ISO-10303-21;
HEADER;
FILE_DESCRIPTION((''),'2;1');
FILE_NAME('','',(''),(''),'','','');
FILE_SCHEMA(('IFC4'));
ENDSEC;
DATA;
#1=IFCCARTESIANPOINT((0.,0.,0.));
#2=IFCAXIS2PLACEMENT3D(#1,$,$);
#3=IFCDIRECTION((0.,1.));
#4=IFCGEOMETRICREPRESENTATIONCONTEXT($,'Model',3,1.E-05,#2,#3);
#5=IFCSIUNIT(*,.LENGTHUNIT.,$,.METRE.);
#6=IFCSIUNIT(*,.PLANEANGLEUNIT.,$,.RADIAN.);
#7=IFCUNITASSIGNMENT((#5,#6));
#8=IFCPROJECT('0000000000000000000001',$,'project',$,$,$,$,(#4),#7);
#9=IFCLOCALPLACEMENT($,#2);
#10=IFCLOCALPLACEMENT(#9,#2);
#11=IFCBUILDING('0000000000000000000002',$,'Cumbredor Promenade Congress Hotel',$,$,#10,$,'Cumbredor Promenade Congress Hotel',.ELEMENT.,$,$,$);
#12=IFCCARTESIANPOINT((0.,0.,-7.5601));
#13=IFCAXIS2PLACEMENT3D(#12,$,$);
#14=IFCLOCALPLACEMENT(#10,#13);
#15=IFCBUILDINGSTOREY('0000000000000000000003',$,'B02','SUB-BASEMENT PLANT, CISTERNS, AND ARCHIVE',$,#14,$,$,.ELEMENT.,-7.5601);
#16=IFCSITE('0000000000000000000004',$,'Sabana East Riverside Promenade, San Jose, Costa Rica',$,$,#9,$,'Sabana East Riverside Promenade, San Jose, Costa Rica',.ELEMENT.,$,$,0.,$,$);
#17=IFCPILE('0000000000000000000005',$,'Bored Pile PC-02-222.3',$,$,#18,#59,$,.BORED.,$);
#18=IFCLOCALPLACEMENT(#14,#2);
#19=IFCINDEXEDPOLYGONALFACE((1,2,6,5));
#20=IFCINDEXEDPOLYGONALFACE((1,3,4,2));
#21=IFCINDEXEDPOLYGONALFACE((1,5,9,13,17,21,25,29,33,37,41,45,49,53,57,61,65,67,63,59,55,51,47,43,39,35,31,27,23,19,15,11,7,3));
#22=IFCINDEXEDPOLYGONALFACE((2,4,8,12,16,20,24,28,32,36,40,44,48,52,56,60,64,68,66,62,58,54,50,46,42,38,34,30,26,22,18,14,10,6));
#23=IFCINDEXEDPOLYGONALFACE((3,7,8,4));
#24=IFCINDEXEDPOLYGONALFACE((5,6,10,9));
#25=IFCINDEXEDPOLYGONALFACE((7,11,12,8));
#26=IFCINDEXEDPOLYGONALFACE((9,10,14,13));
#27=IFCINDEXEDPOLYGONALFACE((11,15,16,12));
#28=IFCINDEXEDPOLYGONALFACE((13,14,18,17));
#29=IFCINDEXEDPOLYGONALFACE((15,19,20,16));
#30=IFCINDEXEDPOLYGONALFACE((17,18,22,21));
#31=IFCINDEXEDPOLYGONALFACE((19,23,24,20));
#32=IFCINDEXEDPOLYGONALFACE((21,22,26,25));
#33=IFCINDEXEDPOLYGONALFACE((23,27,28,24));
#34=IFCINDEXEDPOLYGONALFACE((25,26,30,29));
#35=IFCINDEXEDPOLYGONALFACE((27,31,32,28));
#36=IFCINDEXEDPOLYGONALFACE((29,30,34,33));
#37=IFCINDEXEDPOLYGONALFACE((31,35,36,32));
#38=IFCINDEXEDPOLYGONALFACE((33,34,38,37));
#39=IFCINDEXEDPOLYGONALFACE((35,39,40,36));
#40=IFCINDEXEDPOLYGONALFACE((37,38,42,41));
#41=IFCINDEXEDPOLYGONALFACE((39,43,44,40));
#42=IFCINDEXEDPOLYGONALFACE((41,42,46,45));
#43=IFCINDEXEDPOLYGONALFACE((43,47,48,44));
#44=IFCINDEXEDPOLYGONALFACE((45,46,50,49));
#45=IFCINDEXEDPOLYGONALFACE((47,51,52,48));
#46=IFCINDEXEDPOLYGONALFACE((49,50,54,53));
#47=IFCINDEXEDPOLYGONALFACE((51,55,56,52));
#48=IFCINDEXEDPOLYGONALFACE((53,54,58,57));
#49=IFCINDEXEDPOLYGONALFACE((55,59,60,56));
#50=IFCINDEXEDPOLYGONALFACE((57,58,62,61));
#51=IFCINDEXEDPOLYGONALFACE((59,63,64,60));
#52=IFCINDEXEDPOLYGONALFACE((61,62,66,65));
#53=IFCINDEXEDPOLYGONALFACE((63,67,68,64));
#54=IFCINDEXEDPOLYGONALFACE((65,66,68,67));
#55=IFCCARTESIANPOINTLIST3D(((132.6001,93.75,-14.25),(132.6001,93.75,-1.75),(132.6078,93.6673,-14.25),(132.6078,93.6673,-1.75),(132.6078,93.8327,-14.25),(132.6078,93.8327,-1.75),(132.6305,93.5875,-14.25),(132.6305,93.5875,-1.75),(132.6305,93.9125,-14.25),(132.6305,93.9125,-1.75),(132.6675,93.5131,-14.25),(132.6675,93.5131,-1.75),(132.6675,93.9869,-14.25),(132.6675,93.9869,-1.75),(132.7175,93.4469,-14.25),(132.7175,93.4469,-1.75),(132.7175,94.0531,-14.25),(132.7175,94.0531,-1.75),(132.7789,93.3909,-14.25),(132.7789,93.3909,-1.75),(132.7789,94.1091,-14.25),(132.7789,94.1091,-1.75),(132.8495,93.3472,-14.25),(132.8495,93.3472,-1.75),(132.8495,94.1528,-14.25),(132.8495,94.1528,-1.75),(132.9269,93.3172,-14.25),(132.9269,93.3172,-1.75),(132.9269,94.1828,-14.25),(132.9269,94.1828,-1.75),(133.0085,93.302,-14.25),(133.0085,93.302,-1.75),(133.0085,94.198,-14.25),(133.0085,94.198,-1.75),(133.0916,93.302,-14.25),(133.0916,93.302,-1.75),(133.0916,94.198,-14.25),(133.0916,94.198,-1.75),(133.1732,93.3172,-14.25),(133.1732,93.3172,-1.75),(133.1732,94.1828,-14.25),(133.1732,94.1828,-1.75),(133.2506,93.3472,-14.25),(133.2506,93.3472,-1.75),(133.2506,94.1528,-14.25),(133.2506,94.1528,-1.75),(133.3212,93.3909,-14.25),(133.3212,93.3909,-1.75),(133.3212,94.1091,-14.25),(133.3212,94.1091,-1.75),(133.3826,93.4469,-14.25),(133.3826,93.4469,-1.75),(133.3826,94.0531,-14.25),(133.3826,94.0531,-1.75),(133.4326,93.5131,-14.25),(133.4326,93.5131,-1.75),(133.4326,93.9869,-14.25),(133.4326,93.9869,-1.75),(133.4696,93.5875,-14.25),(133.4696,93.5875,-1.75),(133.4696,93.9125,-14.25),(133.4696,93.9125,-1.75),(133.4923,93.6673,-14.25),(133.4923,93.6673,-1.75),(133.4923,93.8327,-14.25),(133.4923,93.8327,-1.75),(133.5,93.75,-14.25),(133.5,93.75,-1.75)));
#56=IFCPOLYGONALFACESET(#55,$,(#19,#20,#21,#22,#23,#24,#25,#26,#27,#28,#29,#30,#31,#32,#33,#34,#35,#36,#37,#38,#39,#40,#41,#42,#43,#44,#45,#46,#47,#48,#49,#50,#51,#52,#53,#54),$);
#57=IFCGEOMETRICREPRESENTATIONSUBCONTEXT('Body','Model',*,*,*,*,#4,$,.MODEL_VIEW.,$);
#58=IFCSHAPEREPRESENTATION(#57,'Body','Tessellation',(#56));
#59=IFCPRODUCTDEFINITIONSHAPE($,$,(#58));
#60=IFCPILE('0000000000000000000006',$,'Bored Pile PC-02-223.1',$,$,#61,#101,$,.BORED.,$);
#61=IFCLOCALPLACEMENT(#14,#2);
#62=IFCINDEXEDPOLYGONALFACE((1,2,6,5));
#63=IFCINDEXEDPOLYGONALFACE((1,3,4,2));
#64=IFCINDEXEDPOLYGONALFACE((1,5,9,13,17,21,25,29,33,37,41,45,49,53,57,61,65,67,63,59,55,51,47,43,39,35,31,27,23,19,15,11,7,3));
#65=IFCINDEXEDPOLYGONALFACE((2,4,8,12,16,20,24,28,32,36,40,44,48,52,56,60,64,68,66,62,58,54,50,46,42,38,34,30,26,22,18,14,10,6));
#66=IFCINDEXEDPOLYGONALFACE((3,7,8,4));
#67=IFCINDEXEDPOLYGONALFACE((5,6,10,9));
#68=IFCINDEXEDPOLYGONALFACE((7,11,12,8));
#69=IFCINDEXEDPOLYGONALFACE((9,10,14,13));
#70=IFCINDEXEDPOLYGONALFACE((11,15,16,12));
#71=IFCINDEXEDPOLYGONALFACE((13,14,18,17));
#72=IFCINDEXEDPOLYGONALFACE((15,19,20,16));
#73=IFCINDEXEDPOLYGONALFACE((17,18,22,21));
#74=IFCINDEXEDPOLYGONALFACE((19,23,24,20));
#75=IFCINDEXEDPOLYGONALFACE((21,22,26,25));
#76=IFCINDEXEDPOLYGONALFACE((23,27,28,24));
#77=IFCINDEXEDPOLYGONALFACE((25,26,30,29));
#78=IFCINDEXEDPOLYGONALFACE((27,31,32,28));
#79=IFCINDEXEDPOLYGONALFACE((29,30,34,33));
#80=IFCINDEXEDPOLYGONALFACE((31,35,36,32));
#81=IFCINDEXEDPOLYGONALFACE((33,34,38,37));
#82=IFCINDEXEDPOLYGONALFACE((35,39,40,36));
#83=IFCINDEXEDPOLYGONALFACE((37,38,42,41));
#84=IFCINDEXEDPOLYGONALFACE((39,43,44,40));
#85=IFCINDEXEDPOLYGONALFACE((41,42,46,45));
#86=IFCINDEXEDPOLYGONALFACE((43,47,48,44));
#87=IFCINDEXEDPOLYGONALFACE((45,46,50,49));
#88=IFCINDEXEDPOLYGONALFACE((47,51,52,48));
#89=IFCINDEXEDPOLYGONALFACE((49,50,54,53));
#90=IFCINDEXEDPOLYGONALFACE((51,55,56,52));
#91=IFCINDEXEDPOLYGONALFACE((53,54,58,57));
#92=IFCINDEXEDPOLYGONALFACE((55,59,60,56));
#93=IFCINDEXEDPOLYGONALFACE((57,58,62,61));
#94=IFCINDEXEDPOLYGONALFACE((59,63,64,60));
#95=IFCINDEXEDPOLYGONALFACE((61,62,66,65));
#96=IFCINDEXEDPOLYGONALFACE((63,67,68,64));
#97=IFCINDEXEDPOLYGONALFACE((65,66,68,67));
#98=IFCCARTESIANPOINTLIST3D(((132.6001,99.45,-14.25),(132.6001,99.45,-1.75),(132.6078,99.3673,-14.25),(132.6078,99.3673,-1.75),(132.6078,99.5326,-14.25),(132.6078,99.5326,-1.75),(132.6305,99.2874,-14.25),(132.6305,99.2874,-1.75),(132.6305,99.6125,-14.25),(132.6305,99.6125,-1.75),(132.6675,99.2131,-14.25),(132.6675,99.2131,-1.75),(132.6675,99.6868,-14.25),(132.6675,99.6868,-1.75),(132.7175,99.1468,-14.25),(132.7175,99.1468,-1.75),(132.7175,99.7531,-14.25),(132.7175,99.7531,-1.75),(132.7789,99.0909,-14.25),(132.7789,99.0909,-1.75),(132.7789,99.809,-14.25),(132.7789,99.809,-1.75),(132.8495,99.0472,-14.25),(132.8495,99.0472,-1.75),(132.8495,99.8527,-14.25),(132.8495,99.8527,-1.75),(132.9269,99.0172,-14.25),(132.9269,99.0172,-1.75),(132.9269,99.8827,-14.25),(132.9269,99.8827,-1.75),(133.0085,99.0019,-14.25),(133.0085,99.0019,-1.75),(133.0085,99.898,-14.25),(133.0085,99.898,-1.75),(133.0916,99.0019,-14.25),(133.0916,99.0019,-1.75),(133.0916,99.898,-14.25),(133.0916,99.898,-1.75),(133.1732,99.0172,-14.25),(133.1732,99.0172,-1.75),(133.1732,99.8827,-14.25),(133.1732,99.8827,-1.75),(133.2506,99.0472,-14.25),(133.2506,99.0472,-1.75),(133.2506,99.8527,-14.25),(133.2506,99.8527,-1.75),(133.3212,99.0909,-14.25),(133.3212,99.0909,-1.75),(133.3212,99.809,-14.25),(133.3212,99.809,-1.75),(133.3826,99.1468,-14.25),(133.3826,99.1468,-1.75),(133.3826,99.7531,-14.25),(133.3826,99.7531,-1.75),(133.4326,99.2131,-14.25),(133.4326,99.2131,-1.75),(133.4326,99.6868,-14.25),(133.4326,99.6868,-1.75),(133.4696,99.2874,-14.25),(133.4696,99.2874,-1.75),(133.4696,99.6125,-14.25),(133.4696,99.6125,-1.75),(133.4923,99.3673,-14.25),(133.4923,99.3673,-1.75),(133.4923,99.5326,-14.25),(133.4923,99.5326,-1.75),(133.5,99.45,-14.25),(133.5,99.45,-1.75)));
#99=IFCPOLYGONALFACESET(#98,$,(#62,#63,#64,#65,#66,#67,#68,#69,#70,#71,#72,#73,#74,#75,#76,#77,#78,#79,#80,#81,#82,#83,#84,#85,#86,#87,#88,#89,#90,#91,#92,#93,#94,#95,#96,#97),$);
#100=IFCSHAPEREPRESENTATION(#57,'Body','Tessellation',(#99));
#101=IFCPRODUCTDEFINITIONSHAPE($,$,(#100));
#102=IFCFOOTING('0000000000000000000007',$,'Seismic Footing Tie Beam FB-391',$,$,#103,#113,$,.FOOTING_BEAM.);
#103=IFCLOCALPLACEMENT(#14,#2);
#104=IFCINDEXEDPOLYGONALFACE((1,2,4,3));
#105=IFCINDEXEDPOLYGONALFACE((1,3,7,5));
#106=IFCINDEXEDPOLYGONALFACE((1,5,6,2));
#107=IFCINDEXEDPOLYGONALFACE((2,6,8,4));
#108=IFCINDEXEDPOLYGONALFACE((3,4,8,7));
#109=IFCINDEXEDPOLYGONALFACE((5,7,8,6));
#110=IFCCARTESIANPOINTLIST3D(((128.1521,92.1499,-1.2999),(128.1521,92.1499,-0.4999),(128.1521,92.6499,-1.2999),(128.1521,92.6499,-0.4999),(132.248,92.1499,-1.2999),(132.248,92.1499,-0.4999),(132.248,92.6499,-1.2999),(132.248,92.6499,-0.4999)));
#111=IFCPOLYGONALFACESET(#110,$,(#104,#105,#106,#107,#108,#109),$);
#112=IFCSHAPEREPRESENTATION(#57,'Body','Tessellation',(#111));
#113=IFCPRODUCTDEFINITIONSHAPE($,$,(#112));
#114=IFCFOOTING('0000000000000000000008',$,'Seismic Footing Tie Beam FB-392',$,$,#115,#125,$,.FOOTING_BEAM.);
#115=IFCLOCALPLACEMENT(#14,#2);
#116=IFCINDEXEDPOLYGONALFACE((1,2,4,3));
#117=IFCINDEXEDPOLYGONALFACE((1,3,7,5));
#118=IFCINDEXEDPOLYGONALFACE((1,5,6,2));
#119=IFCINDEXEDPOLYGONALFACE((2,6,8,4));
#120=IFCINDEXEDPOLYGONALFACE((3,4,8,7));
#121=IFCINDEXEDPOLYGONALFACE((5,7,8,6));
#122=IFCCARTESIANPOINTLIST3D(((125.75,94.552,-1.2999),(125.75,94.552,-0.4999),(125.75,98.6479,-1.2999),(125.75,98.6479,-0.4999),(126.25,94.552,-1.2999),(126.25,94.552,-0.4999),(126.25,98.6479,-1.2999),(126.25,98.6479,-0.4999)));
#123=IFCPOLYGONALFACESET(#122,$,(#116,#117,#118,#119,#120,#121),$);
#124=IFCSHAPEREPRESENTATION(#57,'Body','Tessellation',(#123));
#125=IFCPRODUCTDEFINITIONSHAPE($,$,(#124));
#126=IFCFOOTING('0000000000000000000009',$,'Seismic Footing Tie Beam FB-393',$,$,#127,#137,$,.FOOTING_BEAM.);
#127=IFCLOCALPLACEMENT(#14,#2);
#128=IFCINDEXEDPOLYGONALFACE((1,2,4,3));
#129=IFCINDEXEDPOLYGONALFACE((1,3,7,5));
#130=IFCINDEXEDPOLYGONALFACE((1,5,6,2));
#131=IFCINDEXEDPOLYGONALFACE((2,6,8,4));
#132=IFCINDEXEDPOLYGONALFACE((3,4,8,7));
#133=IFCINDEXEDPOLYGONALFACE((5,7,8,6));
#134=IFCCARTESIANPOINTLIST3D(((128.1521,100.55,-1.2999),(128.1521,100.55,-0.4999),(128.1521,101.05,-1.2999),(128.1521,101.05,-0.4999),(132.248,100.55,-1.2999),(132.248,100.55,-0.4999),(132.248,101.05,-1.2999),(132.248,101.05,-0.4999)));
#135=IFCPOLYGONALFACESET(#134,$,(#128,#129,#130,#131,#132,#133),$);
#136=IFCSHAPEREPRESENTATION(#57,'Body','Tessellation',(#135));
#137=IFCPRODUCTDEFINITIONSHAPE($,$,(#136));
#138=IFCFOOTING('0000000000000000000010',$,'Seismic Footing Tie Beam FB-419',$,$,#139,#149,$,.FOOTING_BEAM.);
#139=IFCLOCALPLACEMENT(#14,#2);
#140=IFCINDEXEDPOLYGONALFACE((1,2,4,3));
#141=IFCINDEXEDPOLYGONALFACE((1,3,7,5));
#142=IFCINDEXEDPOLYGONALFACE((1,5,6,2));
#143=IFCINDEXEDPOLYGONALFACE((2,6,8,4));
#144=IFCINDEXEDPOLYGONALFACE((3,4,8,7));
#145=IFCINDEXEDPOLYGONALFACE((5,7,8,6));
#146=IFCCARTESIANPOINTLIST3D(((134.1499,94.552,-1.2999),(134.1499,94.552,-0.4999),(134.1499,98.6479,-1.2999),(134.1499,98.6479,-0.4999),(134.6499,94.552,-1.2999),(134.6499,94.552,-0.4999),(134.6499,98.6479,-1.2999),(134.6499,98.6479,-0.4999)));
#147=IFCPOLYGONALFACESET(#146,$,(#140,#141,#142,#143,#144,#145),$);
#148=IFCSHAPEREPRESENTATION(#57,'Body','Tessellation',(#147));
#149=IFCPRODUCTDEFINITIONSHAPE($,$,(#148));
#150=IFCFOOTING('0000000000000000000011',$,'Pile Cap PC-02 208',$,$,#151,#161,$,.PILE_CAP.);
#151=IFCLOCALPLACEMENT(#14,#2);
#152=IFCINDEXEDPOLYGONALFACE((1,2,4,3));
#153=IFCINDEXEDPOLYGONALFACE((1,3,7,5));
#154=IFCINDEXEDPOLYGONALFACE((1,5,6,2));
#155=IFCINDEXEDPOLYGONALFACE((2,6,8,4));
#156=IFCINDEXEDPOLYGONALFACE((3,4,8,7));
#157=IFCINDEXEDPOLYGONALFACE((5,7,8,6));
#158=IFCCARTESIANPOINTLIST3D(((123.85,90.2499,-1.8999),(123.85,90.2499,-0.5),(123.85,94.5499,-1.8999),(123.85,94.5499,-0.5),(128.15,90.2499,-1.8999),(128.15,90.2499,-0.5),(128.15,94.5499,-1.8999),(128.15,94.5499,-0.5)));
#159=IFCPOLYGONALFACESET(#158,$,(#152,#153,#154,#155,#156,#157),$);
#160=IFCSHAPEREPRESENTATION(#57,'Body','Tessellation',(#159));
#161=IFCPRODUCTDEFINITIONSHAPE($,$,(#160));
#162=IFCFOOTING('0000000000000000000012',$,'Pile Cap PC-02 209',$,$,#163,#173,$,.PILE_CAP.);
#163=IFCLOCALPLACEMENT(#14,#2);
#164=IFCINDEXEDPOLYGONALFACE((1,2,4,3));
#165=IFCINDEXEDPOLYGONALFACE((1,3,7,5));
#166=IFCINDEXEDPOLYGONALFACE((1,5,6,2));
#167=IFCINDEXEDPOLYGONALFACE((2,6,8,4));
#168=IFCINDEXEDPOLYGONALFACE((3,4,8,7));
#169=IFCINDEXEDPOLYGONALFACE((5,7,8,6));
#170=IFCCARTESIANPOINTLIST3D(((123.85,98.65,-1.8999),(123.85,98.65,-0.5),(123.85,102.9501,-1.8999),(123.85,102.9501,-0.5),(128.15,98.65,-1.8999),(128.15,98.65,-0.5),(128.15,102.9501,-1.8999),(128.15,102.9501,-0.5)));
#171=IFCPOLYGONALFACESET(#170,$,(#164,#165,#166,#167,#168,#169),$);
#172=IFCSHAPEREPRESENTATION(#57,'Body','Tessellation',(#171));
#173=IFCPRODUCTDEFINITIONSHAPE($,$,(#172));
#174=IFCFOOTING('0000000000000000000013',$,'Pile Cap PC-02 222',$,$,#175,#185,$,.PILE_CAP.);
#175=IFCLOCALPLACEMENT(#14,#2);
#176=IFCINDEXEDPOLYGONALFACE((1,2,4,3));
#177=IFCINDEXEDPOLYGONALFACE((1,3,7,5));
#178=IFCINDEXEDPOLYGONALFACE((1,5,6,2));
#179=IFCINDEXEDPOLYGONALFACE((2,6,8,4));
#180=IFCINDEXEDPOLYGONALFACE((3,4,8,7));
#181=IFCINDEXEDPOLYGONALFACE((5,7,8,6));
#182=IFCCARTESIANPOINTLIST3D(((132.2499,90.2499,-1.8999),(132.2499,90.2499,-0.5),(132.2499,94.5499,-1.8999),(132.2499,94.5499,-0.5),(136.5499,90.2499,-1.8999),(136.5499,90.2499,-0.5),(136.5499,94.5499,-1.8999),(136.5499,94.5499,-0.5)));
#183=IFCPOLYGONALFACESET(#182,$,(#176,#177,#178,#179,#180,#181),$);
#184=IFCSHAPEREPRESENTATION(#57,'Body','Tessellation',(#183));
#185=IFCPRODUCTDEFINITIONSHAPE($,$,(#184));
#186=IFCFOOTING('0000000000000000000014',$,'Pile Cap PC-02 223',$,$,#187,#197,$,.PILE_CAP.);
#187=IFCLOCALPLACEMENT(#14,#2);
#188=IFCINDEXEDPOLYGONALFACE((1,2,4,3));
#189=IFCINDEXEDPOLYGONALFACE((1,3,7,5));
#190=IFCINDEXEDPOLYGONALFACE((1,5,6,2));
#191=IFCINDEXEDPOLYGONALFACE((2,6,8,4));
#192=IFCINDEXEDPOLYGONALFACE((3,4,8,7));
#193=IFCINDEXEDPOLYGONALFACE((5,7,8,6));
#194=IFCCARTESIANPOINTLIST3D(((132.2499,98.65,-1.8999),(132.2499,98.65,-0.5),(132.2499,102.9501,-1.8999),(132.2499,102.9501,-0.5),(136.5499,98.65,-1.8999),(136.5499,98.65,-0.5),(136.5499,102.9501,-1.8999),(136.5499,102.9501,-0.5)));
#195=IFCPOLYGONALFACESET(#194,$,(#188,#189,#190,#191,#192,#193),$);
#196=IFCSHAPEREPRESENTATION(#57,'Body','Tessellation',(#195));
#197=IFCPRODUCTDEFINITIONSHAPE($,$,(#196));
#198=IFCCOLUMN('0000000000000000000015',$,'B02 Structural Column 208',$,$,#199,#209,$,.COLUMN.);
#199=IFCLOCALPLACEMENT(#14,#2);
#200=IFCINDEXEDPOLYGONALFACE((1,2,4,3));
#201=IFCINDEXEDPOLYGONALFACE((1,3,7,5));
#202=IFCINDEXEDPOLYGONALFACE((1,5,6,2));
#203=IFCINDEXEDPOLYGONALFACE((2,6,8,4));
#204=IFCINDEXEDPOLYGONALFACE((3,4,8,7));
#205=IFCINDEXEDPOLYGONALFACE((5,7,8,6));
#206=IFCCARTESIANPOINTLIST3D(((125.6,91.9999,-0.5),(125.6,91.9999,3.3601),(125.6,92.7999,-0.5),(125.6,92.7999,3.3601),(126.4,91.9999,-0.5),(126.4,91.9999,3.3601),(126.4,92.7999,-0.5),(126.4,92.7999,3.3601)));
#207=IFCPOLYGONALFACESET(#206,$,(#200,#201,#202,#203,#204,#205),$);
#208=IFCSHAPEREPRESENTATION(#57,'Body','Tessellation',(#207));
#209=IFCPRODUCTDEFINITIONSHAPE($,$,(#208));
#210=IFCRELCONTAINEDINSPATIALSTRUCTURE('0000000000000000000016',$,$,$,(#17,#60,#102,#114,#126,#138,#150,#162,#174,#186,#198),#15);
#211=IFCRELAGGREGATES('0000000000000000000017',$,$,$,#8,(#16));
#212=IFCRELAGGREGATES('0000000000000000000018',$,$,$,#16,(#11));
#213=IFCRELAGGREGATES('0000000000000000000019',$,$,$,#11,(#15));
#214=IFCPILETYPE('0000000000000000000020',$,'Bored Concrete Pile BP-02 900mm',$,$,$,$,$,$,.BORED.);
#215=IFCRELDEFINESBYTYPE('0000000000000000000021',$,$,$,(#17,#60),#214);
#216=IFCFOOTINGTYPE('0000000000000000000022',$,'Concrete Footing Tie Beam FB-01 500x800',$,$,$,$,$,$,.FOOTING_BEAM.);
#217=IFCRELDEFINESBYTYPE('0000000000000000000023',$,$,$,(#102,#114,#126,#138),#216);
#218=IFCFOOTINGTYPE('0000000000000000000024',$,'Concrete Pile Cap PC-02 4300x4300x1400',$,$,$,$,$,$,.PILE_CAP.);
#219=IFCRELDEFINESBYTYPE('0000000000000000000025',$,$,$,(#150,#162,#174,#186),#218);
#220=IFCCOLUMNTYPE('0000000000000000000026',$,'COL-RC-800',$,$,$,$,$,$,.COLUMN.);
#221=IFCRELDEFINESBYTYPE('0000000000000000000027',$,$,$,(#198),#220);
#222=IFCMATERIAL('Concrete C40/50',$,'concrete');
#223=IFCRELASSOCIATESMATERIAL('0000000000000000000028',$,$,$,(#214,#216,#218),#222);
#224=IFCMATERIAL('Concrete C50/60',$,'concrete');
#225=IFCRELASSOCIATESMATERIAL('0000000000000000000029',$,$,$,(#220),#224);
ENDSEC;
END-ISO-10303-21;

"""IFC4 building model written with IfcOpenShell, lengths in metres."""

from ifc_helpers import new_model, si_unit, direction, frame, origin, origin_2d, place, context, subcontext, project, spatial, rectangle, circle, extrude, material, material_profile, profile_set, type_object, element, save


model = new_model("IFC4")

# Units and contexts
model_context = context("Model", 3, precision=1e-05, world=origin(), true_north=direction((0.0, 1.0)))
body_context = subcontext(model_context, "Body", "Model", "MODEL_VIEW")
ifc_project = project(units=[si_unit("LENGTHUNIT", "METRE"), si_unit("PLANEANGLEUNIT", "RADIAN")], contexts=[model_context])

# Site, building, storey
site_placement = place(None, origin())
site = spatial("IfcSite", under=ifc_project, at=site_placement, Name="Sabana East Riverside Promenade, San Jose, Costa Rica", LongName="Sabana East Riverside Promenade, San Jose, Costa Rica", CompositionType="ELEMENT", RefElevation=0.0)
building_placement = place(site_placement, origin())
building = spatial("IfcBuilding", under=site, at=building_placement, Name="Cumbredor Promenade Congress Hotel", LongName="Cumbredor Promenade Congress Hotel", CompositionType="ELEMENT")
storey_placement = place(building_placement, frame((0.0, 0.0, -7.5601)))
storey = spatial("IfcBuildingStorey", under=building, at=storey_placement, Name="B02", Description="SUB-BASEMENT PLANT, CISTERNS, AND ARCHIVE", CompositionType="ELEMENT", Elevation=-7.5601)

# Piles
ifc_material_1 = material(Name="Concrete C40/50", Category="concrete")
ifc_material_profile_1 = material_profile(ifc_material_1, circle(Radius=0.45, at=origin_2d()), Name="PILE D900")
ifc_profile_set_1 = profile_set([ifc_material_profile_1], Name="Concrete C40/50")
pile_type = type_object("IfcPileType", Name="Bored Concrete Pile BP-02 900mm", PredefinedType="BORED", material=ifc_profile_set_1)
for number, where, z_axis, x_axis, name in (
    (1, (133.05, 93.75, -1.75), (0.0, 0.0, -1.0), (1.0, 0.0, 0.0), "Bored Pile PC-02-222.3"),
    (2, (133.05, 99.45, -1.75), (0.0, 0.0, -1.0), (1.0, 0.0, 0.0), "Bored Pile PC-02-223.1"),
):
    element("IfcPile", number, at=place(storey_placement, frame(where, z_axis=z_axis, x_axis=x_axis)), inside=storey, type_object=pile_type, Name=name, PredefinedType="BORED", context=body_context, shape_type="SweptSolid", body=[
        extrude(circle(Radius=0.45, at=origin_2d()), origin(), (0.0, 0.0, 1.0), 12.5),
    ])

# Footings
ifc_material_profile_2 = material_profile(ifc_material_1, rectangle(XDim=0.5, YDim=0.8, at=origin_2d()), Name="FB 500x800")
ifc_profile_set_2 = profile_set([ifc_material_profile_2], Name="Concrete C40/50")
footing_type_1 = type_object("IfcFootingType", Name="Concrete Footing Tie Beam FB-01 500x800", PredefinedType="FOOTING_BEAM", material=ifc_profile_set_2)
for number, where, z_axis, x_axis, name in (
    (3, (128.1521, 92.3999, -0.8999), (1.0, 0.0, 0.0), (0.0, 1.0, 0.0), "Seismic Footing Tie Beam FB-391"),
    (4, (126.0, 94.552, -0.8999), (0.0, 1.0, 0.0), (-1.0, 0.0, 0.0), "Seismic Footing Tie Beam FB-392"),
    (5, (128.1521, 100.8, -0.8999), (1.0, 0.0, 0.0), (0.0, 1.0, 0.0), "Seismic Footing Tie Beam FB-393"),
    (6, (134.3999, 94.552, -0.8999), (0.0, 1.0, 0.0), (-1.0, 0.0, 0.0), "Seismic Footing Tie Beam FB-419"),
):
    element("IfcFooting", number, at=place(storey_placement, frame(where, z_axis=z_axis, x_axis=x_axis)), inside=storey, type_object=footing_type_1, Name=name, PredefinedType="FOOTING_BEAM", context=body_context, shape_type="SweptSolid", body=[
        extrude(rectangle(XDim=0.5, YDim=0.8, at=origin_2d()), origin(), (0.0, 0.0, 1.0), 4.0959),
    ])
footing_type_2 = type_object("IfcFootingType", Name="Concrete Pile Cap PC-02 4300x4300x1400", PredefinedType="PILE_CAP", material=ifc_material_1)
for number, where, z_axis, x_axis, name in (
    (7, (126.0, 92.3999, -1.8999), (0.0, 0.0, 1.0), (1.0, 0.0, 0.0), "Pile Cap PC-02 208"),
    (8, (126.0, 100.8, -1.8999), (0.0, 0.0, 1.0), (1.0, 0.0, 0.0), "Pile Cap PC-02 209"),
    (9, (134.3999, 92.3999, -1.8999), (0.0, 0.0, 1.0), (1.0, 0.0, 0.0), "Pile Cap PC-02 222"),
    (10, (134.3999, 100.8, -1.8999), (0.0, 0.0, 1.0), (1.0, 0.0, 0.0), "Pile Cap PC-02 223"),
):
    element("IfcFooting", number, at=place(storey_placement, frame(where, z_axis=z_axis, x_axis=x_axis)), inside=storey, type_object=footing_type_2, Name=name, PredefinedType="PILE_CAP", context=body_context, shape_type="SweptSolid", body=[
        extrude(rectangle(XDim=4.3, YDim=4.3, at=origin_2d()), origin(), (0.0, 0.0, 1.0), 1.3999),
    ])

# Column
ifc_material_2 = material(Name="Concrete C50/60", Category="concrete")
ifc_material_profile_3 = material_profile(ifc_material_2, rectangle(XDim=0.8, YDim=0.8, at=origin_2d()), Name="RC 800x800")
ifc_profile_set_3 = profile_set([ifc_material_profile_3], Name="Concrete C50/60")
column_type = type_object("IfcColumnType", Name="COL-RC-800", PredefinedType="COLUMN", material=ifc_profile_set_3)
for number, where, z_axis, x_axis, name in (
    (11, (126.0, 92.3999, -0.5), (0.0, 0.0, 1.0), (1.0, 0.0, 0.0), "B02 Structural Column 208"),
):
    element("IfcColumn", number, at=place(storey_placement, frame(where, z_axis=z_axis, x_axis=x_axis)), inside=storey, type_object=column_type, Name=name, PredefinedType="COLUMN", context=body_context, shape_type="SweptSolid", body=[
        extrude(rectangle(XDim=0.8, YDim=0.8, at=origin_2d()), origin(), (0.0, 0.0, 1.0), 3.8601),
    ])

save(model, "model.ifc")
